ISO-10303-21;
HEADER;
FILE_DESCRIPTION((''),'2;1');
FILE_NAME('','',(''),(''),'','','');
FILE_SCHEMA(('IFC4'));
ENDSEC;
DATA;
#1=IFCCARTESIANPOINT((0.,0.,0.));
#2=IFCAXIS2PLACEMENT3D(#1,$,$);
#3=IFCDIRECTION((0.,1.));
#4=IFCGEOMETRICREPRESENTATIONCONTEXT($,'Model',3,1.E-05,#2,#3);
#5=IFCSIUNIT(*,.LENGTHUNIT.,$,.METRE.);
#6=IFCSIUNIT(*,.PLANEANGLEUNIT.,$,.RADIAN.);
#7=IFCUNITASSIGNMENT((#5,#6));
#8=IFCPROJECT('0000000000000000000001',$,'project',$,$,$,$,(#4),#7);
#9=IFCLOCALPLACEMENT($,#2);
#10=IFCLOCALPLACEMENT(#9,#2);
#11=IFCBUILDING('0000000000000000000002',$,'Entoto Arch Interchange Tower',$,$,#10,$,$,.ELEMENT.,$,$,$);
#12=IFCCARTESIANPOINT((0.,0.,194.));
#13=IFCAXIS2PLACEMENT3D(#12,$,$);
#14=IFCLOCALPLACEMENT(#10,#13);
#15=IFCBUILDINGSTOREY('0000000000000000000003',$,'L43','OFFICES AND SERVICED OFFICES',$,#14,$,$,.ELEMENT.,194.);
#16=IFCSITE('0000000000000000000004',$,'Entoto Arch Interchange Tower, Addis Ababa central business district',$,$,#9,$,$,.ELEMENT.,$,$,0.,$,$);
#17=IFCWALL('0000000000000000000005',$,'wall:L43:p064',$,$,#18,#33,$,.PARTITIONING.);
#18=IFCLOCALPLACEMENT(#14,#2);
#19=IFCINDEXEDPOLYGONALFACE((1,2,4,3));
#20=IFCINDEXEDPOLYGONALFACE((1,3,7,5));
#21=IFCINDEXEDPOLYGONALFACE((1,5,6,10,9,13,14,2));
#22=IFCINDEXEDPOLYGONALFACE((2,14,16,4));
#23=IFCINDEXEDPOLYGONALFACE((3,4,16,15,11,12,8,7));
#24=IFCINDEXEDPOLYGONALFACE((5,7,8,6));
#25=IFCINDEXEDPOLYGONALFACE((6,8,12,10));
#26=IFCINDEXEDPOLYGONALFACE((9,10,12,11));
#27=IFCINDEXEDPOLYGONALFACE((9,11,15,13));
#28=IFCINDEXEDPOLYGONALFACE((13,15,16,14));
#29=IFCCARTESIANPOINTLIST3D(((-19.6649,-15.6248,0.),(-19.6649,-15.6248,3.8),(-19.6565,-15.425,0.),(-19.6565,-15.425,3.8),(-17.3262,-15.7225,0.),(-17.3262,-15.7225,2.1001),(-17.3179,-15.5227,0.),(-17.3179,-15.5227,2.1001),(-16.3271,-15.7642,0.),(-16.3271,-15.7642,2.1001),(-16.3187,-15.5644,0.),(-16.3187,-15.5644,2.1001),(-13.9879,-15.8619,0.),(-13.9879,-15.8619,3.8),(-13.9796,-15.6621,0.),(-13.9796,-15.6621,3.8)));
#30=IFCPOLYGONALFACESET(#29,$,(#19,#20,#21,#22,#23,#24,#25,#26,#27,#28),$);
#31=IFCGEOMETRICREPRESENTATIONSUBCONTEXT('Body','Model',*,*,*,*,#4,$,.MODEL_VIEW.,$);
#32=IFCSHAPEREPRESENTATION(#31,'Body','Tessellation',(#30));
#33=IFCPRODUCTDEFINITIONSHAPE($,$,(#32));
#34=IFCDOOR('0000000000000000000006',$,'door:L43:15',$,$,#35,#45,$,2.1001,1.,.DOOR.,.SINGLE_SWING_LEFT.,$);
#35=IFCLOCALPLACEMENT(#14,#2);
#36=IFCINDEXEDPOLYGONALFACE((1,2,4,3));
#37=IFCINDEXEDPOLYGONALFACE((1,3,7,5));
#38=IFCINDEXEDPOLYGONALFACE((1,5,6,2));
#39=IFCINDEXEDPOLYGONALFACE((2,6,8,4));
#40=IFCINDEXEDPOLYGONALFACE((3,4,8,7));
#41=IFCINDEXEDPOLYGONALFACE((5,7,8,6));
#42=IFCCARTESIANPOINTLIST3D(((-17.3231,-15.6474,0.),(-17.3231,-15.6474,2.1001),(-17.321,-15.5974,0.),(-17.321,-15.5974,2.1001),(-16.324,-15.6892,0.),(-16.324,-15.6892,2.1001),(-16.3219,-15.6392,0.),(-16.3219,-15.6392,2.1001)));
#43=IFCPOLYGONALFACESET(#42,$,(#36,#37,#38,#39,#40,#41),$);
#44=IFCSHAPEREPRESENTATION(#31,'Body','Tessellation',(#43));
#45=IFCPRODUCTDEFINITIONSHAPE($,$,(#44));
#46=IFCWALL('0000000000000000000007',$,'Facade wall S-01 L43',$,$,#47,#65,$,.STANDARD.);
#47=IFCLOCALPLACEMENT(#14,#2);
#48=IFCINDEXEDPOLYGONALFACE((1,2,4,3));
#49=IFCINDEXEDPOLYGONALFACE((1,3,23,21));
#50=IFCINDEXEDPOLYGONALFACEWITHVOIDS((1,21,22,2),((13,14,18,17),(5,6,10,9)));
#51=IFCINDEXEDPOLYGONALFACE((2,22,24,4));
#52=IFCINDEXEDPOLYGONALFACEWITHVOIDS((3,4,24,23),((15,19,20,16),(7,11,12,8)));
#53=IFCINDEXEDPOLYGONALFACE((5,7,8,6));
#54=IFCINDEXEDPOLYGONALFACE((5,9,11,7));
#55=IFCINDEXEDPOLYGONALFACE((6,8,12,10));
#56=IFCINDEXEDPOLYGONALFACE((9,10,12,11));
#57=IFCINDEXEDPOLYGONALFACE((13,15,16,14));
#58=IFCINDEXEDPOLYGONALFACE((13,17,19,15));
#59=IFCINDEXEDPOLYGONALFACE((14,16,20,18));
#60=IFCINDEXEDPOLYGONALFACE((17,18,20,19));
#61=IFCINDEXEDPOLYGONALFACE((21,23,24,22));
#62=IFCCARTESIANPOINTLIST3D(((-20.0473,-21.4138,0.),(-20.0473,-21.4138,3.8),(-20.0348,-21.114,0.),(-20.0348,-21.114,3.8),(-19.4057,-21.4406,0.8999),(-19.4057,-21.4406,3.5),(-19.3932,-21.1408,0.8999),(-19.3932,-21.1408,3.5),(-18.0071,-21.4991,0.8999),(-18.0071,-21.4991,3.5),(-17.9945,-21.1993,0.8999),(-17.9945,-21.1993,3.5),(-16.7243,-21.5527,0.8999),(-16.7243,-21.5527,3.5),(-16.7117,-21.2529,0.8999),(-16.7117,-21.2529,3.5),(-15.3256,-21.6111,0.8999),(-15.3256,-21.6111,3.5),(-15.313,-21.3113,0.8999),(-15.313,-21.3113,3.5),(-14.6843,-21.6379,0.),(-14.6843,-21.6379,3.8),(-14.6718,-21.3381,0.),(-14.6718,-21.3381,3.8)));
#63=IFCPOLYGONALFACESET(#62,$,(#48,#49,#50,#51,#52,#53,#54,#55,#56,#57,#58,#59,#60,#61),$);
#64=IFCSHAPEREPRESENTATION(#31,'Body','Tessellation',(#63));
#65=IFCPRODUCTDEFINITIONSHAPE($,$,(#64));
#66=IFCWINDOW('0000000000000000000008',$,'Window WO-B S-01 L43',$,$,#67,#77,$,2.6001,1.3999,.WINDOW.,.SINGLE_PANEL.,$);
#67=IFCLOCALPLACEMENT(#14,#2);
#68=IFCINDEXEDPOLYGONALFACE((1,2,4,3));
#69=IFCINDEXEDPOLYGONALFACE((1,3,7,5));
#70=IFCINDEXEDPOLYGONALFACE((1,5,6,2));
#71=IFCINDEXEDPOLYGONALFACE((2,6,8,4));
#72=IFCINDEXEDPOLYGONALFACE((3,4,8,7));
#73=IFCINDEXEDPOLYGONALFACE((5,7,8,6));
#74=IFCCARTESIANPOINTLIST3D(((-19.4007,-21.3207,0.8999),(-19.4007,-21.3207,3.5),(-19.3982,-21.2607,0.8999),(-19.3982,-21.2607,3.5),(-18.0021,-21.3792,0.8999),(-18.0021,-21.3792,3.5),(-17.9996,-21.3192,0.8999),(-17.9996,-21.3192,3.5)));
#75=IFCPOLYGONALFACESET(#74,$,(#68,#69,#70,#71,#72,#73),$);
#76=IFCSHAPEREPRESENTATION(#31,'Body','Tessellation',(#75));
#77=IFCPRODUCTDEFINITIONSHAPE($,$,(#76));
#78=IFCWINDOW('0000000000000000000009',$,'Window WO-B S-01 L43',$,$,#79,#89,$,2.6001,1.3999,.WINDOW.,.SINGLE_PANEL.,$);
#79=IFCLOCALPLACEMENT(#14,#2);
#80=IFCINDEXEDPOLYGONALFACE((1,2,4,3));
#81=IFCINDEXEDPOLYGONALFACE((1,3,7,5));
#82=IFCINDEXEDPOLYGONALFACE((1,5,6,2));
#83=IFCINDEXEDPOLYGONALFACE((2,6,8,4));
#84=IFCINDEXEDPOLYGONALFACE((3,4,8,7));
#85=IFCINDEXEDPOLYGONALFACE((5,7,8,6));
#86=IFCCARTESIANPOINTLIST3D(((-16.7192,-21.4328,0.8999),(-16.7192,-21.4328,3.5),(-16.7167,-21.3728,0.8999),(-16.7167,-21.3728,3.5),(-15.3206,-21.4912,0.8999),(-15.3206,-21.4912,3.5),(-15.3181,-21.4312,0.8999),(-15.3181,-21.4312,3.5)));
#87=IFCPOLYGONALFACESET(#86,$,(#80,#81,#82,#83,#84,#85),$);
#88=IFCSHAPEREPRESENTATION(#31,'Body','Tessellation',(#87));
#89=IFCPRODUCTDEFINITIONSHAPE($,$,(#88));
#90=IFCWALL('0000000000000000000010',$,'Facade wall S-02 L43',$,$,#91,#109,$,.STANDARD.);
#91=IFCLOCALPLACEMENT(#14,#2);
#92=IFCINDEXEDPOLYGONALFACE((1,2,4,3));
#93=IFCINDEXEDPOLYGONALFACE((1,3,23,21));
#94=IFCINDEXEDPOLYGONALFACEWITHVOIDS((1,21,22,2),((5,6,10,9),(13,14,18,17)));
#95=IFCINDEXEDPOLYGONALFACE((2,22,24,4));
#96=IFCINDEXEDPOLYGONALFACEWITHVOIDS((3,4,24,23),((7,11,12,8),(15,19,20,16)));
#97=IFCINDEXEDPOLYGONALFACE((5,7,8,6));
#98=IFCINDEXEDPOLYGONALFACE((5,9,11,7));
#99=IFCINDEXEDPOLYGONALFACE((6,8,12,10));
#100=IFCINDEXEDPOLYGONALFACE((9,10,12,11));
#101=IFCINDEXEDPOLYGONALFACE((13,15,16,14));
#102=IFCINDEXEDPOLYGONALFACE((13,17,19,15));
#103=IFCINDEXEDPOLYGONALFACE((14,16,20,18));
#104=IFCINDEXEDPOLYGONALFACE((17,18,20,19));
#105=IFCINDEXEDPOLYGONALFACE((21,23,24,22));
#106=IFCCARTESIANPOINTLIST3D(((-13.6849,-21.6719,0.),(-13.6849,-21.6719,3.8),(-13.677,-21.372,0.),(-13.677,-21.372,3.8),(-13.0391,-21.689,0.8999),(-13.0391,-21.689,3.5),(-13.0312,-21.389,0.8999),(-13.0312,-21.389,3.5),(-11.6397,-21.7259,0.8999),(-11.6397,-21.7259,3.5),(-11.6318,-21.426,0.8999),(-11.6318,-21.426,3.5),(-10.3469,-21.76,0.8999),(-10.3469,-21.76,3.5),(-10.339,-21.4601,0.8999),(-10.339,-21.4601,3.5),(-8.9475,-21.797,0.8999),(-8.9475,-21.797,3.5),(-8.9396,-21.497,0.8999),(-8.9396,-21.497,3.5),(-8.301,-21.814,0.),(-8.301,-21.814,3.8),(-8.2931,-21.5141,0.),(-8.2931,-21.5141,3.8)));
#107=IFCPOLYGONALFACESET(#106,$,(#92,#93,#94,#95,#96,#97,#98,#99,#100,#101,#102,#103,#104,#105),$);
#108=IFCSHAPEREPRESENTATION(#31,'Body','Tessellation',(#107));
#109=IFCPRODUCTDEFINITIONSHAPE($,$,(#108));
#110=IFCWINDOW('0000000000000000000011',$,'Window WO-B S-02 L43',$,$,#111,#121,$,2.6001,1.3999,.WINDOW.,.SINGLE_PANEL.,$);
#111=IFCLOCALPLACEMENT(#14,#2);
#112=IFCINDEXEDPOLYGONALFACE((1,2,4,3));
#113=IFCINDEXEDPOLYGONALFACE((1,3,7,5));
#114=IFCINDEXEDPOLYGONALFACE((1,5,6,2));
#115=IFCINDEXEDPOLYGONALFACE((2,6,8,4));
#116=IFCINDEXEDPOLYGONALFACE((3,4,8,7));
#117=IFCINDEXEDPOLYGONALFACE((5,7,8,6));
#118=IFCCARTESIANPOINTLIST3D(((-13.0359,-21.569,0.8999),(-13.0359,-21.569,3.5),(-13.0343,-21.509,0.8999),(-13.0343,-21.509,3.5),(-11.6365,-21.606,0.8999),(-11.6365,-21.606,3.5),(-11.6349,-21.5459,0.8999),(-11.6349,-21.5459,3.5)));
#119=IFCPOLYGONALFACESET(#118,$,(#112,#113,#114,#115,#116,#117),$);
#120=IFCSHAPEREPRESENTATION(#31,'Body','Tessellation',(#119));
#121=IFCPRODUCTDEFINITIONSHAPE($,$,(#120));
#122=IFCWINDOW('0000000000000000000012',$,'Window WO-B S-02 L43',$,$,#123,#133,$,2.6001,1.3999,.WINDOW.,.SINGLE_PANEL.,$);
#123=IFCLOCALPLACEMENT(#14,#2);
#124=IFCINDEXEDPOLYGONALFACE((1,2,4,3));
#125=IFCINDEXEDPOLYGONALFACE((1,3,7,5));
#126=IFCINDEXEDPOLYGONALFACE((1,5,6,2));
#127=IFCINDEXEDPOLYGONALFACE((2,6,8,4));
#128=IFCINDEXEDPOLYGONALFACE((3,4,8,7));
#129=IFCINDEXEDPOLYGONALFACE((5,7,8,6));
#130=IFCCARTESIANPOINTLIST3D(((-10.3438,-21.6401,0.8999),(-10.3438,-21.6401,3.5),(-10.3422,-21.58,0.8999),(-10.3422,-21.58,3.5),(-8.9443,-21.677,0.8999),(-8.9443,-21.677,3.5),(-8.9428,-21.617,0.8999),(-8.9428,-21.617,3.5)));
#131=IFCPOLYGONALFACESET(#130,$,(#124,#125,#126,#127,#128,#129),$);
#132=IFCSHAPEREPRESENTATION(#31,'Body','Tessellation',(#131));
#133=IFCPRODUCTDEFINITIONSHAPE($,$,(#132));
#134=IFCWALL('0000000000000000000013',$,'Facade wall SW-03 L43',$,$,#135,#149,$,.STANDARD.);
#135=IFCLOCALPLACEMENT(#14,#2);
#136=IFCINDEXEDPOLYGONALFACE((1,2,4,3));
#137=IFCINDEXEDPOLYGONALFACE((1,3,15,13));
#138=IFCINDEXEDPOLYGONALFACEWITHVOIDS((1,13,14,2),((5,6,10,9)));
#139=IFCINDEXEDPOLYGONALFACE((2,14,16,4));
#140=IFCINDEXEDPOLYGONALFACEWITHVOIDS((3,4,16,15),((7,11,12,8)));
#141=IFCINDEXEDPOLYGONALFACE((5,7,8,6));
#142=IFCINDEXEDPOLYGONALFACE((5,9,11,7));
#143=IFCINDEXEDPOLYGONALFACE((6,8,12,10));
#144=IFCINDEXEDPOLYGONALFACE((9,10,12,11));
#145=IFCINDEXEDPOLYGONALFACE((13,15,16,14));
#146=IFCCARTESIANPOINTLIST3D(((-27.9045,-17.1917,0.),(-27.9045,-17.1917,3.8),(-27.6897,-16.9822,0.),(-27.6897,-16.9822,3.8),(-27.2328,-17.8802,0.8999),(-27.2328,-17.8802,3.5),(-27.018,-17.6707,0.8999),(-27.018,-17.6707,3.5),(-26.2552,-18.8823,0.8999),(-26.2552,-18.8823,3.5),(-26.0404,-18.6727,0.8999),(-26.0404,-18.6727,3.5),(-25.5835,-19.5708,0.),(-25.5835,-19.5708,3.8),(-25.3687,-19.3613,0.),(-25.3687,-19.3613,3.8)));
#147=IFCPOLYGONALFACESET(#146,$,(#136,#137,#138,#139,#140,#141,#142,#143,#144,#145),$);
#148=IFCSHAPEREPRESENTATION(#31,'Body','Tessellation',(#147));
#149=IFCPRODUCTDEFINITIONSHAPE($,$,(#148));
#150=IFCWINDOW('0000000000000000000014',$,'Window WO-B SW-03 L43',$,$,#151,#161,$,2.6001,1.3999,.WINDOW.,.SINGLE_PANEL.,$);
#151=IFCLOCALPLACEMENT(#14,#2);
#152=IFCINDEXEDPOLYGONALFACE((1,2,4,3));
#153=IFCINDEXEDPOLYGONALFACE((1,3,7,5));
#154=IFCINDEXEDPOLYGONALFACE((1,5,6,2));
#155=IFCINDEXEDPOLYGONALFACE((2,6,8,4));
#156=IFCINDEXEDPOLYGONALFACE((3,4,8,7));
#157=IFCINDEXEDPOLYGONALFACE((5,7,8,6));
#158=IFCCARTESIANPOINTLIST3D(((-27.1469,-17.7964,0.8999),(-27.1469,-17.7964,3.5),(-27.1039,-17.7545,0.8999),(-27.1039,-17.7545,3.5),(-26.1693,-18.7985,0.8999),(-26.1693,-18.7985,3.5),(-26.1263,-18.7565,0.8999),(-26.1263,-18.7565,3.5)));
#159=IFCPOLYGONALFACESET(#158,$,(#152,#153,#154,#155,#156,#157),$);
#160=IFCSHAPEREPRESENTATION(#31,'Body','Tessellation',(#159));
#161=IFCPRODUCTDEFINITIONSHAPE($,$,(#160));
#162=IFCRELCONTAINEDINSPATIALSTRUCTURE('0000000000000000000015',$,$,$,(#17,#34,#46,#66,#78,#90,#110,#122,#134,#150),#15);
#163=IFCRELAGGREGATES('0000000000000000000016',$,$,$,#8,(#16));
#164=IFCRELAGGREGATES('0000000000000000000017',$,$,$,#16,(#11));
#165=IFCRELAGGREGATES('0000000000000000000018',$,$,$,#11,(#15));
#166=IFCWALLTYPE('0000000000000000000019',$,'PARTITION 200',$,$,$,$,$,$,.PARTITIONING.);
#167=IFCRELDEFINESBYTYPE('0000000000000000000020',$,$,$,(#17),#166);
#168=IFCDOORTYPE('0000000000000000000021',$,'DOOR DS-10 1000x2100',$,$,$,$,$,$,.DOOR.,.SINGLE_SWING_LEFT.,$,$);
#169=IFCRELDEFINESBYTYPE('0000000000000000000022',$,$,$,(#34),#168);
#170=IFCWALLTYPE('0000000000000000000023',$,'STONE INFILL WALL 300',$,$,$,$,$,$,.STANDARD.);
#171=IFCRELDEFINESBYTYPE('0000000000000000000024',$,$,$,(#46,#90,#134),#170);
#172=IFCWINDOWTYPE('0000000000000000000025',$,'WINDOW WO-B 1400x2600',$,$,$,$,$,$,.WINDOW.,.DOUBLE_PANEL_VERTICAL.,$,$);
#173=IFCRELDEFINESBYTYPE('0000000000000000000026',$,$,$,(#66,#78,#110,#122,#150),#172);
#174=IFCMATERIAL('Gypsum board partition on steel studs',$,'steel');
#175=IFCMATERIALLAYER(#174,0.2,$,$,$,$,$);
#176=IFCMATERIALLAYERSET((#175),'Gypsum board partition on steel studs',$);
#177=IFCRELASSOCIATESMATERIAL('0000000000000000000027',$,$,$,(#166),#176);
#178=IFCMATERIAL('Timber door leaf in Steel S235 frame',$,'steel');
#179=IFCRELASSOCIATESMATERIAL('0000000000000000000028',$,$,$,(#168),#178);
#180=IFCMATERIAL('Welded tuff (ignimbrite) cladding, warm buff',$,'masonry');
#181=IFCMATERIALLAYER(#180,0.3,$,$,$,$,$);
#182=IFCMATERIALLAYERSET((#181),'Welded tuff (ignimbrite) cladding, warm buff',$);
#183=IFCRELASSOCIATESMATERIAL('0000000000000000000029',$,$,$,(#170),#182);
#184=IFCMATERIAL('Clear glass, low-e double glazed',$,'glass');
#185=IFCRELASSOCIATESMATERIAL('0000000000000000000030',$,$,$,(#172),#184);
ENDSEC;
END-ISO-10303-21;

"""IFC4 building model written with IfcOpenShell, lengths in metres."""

from ifc_helpers import new_model, si_unit, direction, frame, frame_2d, origin, place, context, subcontext, project, spatial, rectangle, extrude, material, layer, layer_set, type_object, element, fill, save


model = new_model("IFC4")

# Units and contexts
model_context = context("Model", 3, precision=1e-05, world=origin(), true_north=direction((0.0, 1.0)))
body_context = subcontext(model_context, "Body", "Model", "MODEL_VIEW")
ifc_project = project(units=[si_unit("LENGTHUNIT", "METRE"), si_unit("PLANEANGLEUNIT", "RADIAN")], contexts=[model_context])

# Site, building, storey
site_placement = place(None, origin())
site = spatial("IfcSite", under=ifc_project, at=site_placement, Name="Entoto Arch Interchange Tower, Addis Ababa central business district", CompositionType="ELEMENT", RefElevation=0.0)
building_placement = place(site_placement, origin())
building = spatial("IfcBuilding", under=site, at=building_placement, Name="Entoto Arch Interchange Tower", CompositionType="ELEMENT")
storey_placement = place(building_placement, frame((0.0, 0.0, 194.0)))
storey = spatial("IfcBuildingStorey", under=building, at=storey_placement, Name="L43", Description="OFFICES AND SERVICED OFFICES", CompositionType="ELEMENT", Elevation=194.0)

# Shared definitions
ifc_material_1 = material(Name="Gypsum board partition on steel studs", Category="steel")
ifc_layer_1 = layer(ifc_material_1, 0.2)
ifc_layer_set_1 = layer_set([ifc_layer_1], Name="Gypsum board partition on steel studs")
wall_type_1 = type_object("IfcWallType", Name="PARTITION 200", PredefinedType="PARTITIONING", material=ifc_layer_set_1)

# Shared definitions
ifc_material_2 = material(Name="Timber door leaf in Steel S235 frame", Category="steel")
door_type = type_object("IfcDoorType", Name="DOOR DS-10 1000x2100", OperationType="SINGLE_SWING_LEFT", PredefinedType="DOOR", material=ifc_material_2)

# Wall, opening, door
wall_1_placement = place(storey_placement, frame((-13.9839, -15.762, 0.0), z_axis=(0.0, 0.0, 1.0), x_axis=(-0.999129, 0.041722, 0.0)))
wall_1 = element("IfcWall", 1, at=wall_1_placement, inside=storey, type_object=wall_type_1, Name="wall:L43:p064", PredefinedType="PARTITIONING", context=body_context, shape_type="SweptSolid", body=[
    extrude(rectangle(XDim=5.6819, YDim=0.2, at=frame_2d((2.8408, 0.0))), origin(), (0.0, 0.0, 1.0), 3.8),
])
opening_1_placement = place(wall_1_placement, frame((2.3411, 0.0, 0.0)))
opening_1 = element("IfcOpeningElement", 2, at=opening_1_placement, cuts=wall_1, PredefinedType="OPENING", context=body_context, shape_type="SweptSolid", body=[
    extrude(rectangle(XDim=1.0, YDim=2.1001, at=frame_2d((0.5, 1.05))), frame((0.0, 0.1099, 0.0), z_axis=(0.0, -1.0, 0.0), x_axis=(1.0, 0.0, 0.0)), (0.0, 0.0, 1.0), 0.22),
])
door_1_placement = place(opening_1_placement, origin())
door_1 = element("IfcDoor", 3, at=door_1_placement, inside=storey, type_object=door_type, Name="door:L43:15", OperationType="SINGLE_SWING_LEFT", OverallHeight=2.1001, OverallWidth=1.0, PredefinedType="DOOR", context=body_context, shape_type="SweptSolid", body=[
    extrude(rectangle(XDim=1.0, YDim=2.1001, at=frame_2d((0.5, 1.05))), frame((0.0, 0.0249, 0.0), z_axis=(0.0, -1.0, 0.0), x_axis=(1.0, 0.0, 0.0)), (0.0, 0.0, 1.0), 0.05),
])
fill(opening_1, door_1)

# Walls, openings, windows
ifc_material_3 = material(Name="Welded tuff (ignimbrite) cladding, warm buff", Category="masonry")
ifc_layer_2 = layer(ifc_material_3, 0.3)
ifc_layer_set_2 = layer_set([ifc_layer_2], Name="Welded tuff (ignimbrite) cladding, warm buff")
wall_type_2 = type_object("IfcWallType", Name="STONE INFILL WALL 300", PredefinedType="STANDARD", material=ifc_layer_set_2)
wall_2_placement = place(storey_placement, frame((-20.041, -21.2639, 0.0), z_axis=(0.0, 0.0, 1.0), x_axis=(0.999128, -0.041754, 0.0)))
wall_2 = element("IfcWall", 4, at=wall_2_placement, inside=storey, type_object=wall_type_2, Name="Facade wall S-01 L43", PredefinedType="STANDARD", context=body_context, shape_type="SweptSolid", body=[
    extrude(rectangle(XDim=5.3677, YDim=0.3, at=frame_2d((2.6838, 0.0))), origin(), (0.0, 0.0, 1.0), 3.8),
])
opening_2_placement = place(wall_2_placement, frame((0.6421, 0.0, 0.8999)))
opening_2 = element("IfcOpeningElement", 5, at=opening_2_placement, cuts=wall_2, PredefinedType="OPENING", context=body_context, shape_type="SweptSolid", body=[
    extrude(rectangle(XDim=1.3999, YDim=2.6001, at=frame_2d((0.7, 1.3))), frame((0.0, 0.1602, 0.0), z_axis=(0.0, -1.0, 0.0), x_axis=(1.0, 0.0, 0.0)), (0.0, 0.0, 1.0), 0.3201),
])
opening_3_placement = place(wall_2_placement, frame((3.3259, 0.0, 0.8999)))
opening_3 = element("IfcOpeningElement", 6, at=opening_3_placement, cuts=wall_2, PredefinedType="OPENING", context=body_context, shape_type="SweptSolid", body=[
    extrude(rectangle(XDim=1.3999, YDim=2.6001, at=frame_2d((0.7, 1.3))), frame((0.0, 0.1602, 0.0), z_axis=(0.0, -1.0, 0.0), x_axis=(1.0, 0.0, 0.0)), (0.0, 0.0, 1.0), 0.3201),
])
ifc_material_4 = material(Name="Clear glass, low-e double glazed", Category="glass")
window_type = type_object("IfcWindowType", Name="WINDOW WO-B 1400x2600", PartitioningType="DOUBLE_PANEL_VERTICAL", PredefinedType="WINDOW", material=ifc_material_4)
window_1_placement = place(opening_2_placement, origin())
window_1 = element("IfcWindow", 7, at=window_1_placement, inside=storey, type_object=window_type, Name="Window WO-B S-01 L43", OverallHeight=2.6001, OverallWidth=1.3999, PartitioningType="SINGLE_PANEL", PredefinedType="WINDOW", context=body_context, shape_type="SweptSolid", body=[
    extrude(rectangle(XDim=1.3999, YDim=2.6001, at=frame_2d((0.7, 1.3))), frame((0.0, 0.03, 0.0), z_axis=(0.0, -1.0, 0.0), x_axis=(1.0, 0.0, 0.0)), (0.0, 0.0, 1.0), 0.0601),
])
fill(opening_2, window_1)
window_2_placement = place(opening_3_placement, origin())
window_2 = element("IfcWindow", 8, at=window_2_placement, inside=storey, type_object=window_type, Name="Window WO-B S-01 L43", OverallHeight=2.6001, OverallWidth=1.3999, PartitioningType="SINGLE_PANEL", PredefinedType="WINDOW", context=body_context, shape_type="SweptSolid", body=[
    extrude(rectangle(XDim=1.3999, YDim=2.6001, at=frame_2d((0.7, 1.3))), frame((0.0, 0.03, 0.0), z_axis=(0.0, -1.0, 0.0), x_axis=(1.0, 0.0, 0.0)), (0.0, 0.0, 1.0), 0.0601),
])
fill(opening_3, window_2)
wall_3_placement = place(storey_placement, frame((-13.6809, -21.522, 0.0), z_axis=(0.0, 0.0, 1.0), x_axis=(0.999652, -0.026383, 0.0)))
wall_3 = element("IfcWall", 9, at=wall_3_placement, inside=storey, type_object=wall_type_2, Name="Facade wall S-02 L43", PredefinedType="STANDARD", context=body_context, shape_type="SweptSolid", body=[
    extrude(rectangle(XDim=5.3857, YDim=0.3, at=frame_2d((2.6929, 0.0))), origin(), (0.0, 0.0, 1.0), 3.8),
])
opening_4_placement = place(wall_3_placement, frame((0.646, 0.0, 0.8999)))
opening_4 = element("IfcOpeningElement", 10, at=opening_4_placement, cuts=wall_3, PredefinedType="OPENING", context=body_context, shape_type="SweptSolid", body=[
    extrude(rectangle(XDim=1.3999, YDim=2.6001, at=frame_2d((0.7, 1.3))), frame((0.0, 0.1602, 0.0), z_axis=(0.0, -1.0, 0.0), x_axis=(1.0, 0.0, 0.0)), (0.0, 0.0, 1.0), 0.3201),
])
opening_5_placement = place(wall_3_placement, frame((3.3391, 0.0, 0.8999)))
opening_5 = element("IfcOpeningElement", 11, at=opening_5_placement, cuts=wall_3, PredefinedType="OPENING", context=body_context, shape_type="SweptSolid", body=[
    extrude(rectangle(XDim=1.3999, YDim=2.6001, at=frame_2d((0.7, 1.3))), frame((0.0, 0.1602, 0.0), z_axis=(0.0, -1.0, 0.0), x_axis=(1.0, 0.0, 0.0)), (0.0, 0.0, 1.0), 0.3201),
])
window_3_placement = place(opening_4_placement, origin())
window_3 = element("IfcWindow", 12, at=window_3_placement, inside=storey, type_object=window_type, Name="Window WO-B S-02 L43", OverallHeight=2.6001, OverallWidth=1.3999, PartitioningType="SINGLE_PANEL", PredefinedType="WINDOW", context=body_context, shape_type="SweptSolid", body=[
    extrude(rectangle(XDim=1.3999, YDim=2.6001, at=frame_2d((0.7, 1.3))), frame((0.0, 0.03, 0.0), z_axis=(0.0, -1.0, 0.0), x_axis=(1.0, 0.0, 0.0)), (0.0, 0.0, 1.0), 0.0601),
])
fill(opening_4, window_3)
window_4_placement = place(opening_5_placement, origin())
window_4 = element("IfcWindow", 13, at=window_4_placement, inside=storey, type_object=window_type, Name="Window WO-B S-02 L43", OverallHeight=2.6001, OverallWidth=1.3999, PartitioningType="SINGLE_PANEL", PredefinedType="WINDOW", context=body_context, shape_type="SweptSolid", body=[
    extrude(rectangle(XDim=1.3999, YDim=2.6001, at=frame_2d((0.7, 1.3))), frame((0.0, 0.03, 0.0), z_axis=(0.0, -1.0, 0.0), x_axis=(1.0, 0.0, 0.0)), (0.0, 0.0, 1.0), 0.0601),
])
fill(opening_5, window_4)

# Wall, opening, window
wall_4_placement = place(storey_placement, frame((-27.7971, -17.0869, 0.0), z_axis=(0.0, 0.0, 1.0), x_axis=(0.698312, -0.715794, 0.0)))
wall_4 = element("IfcWall", 14, at=wall_4_placement, inside=storey, type_object=wall_type_2, Name="Facade wall SW-03 L43", PredefinedType="STANDARD", context=body_context, shape_type="SweptSolid", body=[
    extrude(rectangle(XDim=3.3237, YDim=0.3, at=frame_2d((1.6619, 0.0))), origin(), (0.0, 0.0, 1.0), 3.8),
])
opening_6_placement = place(wall_4_placement, frame((0.9619, 0.0, 0.8999)))
opening_6 = element("IfcOpeningElement", 15, at=opening_6_placement, cuts=wall_4, PredefinedType="OPENING", context=body_context, shape_type="SweptSolid", body=[
    extrude(rectangle(XDim=1.3999, YDim=2.6001, at=frame_2d((0.7, 1.3))), frame((0.0, 0.1602, 0.0), z_axis=(0.0, -1.0, 0.0), x_axis=(1.0, 0.0, 0.0)), (0.0, 0.0, 1.0), 0.3201),
])
window_5_placement = place(opening_6_placement, origin())
window_5 = element("IfcWindow", 16, at=window_5_placement, inside=storey, type_object=window_type, Name="Window WO-B SW-03 L43", OverallHeight=2.6001, OverallWidth=1.3999, PartitioningType="SINGLE_PANEL", PredefinedType="WINDOW", context=body_context, shape_type="SweptSolid", body=[
    extrude(rectangle(XDim=1.3999, YDim=2.6001, at=frame_2d((0.7, 1.3))), frame((0.0, 0.03, 0.0), z_axis=(0.0, -1.0, 0.0), x_axis=(1.0, 0.0, 0.0)), (0.0, 0.0, 1.0), 0.0601),
])
fill(opening_6, window_5)

save(model, "model.ifc")
